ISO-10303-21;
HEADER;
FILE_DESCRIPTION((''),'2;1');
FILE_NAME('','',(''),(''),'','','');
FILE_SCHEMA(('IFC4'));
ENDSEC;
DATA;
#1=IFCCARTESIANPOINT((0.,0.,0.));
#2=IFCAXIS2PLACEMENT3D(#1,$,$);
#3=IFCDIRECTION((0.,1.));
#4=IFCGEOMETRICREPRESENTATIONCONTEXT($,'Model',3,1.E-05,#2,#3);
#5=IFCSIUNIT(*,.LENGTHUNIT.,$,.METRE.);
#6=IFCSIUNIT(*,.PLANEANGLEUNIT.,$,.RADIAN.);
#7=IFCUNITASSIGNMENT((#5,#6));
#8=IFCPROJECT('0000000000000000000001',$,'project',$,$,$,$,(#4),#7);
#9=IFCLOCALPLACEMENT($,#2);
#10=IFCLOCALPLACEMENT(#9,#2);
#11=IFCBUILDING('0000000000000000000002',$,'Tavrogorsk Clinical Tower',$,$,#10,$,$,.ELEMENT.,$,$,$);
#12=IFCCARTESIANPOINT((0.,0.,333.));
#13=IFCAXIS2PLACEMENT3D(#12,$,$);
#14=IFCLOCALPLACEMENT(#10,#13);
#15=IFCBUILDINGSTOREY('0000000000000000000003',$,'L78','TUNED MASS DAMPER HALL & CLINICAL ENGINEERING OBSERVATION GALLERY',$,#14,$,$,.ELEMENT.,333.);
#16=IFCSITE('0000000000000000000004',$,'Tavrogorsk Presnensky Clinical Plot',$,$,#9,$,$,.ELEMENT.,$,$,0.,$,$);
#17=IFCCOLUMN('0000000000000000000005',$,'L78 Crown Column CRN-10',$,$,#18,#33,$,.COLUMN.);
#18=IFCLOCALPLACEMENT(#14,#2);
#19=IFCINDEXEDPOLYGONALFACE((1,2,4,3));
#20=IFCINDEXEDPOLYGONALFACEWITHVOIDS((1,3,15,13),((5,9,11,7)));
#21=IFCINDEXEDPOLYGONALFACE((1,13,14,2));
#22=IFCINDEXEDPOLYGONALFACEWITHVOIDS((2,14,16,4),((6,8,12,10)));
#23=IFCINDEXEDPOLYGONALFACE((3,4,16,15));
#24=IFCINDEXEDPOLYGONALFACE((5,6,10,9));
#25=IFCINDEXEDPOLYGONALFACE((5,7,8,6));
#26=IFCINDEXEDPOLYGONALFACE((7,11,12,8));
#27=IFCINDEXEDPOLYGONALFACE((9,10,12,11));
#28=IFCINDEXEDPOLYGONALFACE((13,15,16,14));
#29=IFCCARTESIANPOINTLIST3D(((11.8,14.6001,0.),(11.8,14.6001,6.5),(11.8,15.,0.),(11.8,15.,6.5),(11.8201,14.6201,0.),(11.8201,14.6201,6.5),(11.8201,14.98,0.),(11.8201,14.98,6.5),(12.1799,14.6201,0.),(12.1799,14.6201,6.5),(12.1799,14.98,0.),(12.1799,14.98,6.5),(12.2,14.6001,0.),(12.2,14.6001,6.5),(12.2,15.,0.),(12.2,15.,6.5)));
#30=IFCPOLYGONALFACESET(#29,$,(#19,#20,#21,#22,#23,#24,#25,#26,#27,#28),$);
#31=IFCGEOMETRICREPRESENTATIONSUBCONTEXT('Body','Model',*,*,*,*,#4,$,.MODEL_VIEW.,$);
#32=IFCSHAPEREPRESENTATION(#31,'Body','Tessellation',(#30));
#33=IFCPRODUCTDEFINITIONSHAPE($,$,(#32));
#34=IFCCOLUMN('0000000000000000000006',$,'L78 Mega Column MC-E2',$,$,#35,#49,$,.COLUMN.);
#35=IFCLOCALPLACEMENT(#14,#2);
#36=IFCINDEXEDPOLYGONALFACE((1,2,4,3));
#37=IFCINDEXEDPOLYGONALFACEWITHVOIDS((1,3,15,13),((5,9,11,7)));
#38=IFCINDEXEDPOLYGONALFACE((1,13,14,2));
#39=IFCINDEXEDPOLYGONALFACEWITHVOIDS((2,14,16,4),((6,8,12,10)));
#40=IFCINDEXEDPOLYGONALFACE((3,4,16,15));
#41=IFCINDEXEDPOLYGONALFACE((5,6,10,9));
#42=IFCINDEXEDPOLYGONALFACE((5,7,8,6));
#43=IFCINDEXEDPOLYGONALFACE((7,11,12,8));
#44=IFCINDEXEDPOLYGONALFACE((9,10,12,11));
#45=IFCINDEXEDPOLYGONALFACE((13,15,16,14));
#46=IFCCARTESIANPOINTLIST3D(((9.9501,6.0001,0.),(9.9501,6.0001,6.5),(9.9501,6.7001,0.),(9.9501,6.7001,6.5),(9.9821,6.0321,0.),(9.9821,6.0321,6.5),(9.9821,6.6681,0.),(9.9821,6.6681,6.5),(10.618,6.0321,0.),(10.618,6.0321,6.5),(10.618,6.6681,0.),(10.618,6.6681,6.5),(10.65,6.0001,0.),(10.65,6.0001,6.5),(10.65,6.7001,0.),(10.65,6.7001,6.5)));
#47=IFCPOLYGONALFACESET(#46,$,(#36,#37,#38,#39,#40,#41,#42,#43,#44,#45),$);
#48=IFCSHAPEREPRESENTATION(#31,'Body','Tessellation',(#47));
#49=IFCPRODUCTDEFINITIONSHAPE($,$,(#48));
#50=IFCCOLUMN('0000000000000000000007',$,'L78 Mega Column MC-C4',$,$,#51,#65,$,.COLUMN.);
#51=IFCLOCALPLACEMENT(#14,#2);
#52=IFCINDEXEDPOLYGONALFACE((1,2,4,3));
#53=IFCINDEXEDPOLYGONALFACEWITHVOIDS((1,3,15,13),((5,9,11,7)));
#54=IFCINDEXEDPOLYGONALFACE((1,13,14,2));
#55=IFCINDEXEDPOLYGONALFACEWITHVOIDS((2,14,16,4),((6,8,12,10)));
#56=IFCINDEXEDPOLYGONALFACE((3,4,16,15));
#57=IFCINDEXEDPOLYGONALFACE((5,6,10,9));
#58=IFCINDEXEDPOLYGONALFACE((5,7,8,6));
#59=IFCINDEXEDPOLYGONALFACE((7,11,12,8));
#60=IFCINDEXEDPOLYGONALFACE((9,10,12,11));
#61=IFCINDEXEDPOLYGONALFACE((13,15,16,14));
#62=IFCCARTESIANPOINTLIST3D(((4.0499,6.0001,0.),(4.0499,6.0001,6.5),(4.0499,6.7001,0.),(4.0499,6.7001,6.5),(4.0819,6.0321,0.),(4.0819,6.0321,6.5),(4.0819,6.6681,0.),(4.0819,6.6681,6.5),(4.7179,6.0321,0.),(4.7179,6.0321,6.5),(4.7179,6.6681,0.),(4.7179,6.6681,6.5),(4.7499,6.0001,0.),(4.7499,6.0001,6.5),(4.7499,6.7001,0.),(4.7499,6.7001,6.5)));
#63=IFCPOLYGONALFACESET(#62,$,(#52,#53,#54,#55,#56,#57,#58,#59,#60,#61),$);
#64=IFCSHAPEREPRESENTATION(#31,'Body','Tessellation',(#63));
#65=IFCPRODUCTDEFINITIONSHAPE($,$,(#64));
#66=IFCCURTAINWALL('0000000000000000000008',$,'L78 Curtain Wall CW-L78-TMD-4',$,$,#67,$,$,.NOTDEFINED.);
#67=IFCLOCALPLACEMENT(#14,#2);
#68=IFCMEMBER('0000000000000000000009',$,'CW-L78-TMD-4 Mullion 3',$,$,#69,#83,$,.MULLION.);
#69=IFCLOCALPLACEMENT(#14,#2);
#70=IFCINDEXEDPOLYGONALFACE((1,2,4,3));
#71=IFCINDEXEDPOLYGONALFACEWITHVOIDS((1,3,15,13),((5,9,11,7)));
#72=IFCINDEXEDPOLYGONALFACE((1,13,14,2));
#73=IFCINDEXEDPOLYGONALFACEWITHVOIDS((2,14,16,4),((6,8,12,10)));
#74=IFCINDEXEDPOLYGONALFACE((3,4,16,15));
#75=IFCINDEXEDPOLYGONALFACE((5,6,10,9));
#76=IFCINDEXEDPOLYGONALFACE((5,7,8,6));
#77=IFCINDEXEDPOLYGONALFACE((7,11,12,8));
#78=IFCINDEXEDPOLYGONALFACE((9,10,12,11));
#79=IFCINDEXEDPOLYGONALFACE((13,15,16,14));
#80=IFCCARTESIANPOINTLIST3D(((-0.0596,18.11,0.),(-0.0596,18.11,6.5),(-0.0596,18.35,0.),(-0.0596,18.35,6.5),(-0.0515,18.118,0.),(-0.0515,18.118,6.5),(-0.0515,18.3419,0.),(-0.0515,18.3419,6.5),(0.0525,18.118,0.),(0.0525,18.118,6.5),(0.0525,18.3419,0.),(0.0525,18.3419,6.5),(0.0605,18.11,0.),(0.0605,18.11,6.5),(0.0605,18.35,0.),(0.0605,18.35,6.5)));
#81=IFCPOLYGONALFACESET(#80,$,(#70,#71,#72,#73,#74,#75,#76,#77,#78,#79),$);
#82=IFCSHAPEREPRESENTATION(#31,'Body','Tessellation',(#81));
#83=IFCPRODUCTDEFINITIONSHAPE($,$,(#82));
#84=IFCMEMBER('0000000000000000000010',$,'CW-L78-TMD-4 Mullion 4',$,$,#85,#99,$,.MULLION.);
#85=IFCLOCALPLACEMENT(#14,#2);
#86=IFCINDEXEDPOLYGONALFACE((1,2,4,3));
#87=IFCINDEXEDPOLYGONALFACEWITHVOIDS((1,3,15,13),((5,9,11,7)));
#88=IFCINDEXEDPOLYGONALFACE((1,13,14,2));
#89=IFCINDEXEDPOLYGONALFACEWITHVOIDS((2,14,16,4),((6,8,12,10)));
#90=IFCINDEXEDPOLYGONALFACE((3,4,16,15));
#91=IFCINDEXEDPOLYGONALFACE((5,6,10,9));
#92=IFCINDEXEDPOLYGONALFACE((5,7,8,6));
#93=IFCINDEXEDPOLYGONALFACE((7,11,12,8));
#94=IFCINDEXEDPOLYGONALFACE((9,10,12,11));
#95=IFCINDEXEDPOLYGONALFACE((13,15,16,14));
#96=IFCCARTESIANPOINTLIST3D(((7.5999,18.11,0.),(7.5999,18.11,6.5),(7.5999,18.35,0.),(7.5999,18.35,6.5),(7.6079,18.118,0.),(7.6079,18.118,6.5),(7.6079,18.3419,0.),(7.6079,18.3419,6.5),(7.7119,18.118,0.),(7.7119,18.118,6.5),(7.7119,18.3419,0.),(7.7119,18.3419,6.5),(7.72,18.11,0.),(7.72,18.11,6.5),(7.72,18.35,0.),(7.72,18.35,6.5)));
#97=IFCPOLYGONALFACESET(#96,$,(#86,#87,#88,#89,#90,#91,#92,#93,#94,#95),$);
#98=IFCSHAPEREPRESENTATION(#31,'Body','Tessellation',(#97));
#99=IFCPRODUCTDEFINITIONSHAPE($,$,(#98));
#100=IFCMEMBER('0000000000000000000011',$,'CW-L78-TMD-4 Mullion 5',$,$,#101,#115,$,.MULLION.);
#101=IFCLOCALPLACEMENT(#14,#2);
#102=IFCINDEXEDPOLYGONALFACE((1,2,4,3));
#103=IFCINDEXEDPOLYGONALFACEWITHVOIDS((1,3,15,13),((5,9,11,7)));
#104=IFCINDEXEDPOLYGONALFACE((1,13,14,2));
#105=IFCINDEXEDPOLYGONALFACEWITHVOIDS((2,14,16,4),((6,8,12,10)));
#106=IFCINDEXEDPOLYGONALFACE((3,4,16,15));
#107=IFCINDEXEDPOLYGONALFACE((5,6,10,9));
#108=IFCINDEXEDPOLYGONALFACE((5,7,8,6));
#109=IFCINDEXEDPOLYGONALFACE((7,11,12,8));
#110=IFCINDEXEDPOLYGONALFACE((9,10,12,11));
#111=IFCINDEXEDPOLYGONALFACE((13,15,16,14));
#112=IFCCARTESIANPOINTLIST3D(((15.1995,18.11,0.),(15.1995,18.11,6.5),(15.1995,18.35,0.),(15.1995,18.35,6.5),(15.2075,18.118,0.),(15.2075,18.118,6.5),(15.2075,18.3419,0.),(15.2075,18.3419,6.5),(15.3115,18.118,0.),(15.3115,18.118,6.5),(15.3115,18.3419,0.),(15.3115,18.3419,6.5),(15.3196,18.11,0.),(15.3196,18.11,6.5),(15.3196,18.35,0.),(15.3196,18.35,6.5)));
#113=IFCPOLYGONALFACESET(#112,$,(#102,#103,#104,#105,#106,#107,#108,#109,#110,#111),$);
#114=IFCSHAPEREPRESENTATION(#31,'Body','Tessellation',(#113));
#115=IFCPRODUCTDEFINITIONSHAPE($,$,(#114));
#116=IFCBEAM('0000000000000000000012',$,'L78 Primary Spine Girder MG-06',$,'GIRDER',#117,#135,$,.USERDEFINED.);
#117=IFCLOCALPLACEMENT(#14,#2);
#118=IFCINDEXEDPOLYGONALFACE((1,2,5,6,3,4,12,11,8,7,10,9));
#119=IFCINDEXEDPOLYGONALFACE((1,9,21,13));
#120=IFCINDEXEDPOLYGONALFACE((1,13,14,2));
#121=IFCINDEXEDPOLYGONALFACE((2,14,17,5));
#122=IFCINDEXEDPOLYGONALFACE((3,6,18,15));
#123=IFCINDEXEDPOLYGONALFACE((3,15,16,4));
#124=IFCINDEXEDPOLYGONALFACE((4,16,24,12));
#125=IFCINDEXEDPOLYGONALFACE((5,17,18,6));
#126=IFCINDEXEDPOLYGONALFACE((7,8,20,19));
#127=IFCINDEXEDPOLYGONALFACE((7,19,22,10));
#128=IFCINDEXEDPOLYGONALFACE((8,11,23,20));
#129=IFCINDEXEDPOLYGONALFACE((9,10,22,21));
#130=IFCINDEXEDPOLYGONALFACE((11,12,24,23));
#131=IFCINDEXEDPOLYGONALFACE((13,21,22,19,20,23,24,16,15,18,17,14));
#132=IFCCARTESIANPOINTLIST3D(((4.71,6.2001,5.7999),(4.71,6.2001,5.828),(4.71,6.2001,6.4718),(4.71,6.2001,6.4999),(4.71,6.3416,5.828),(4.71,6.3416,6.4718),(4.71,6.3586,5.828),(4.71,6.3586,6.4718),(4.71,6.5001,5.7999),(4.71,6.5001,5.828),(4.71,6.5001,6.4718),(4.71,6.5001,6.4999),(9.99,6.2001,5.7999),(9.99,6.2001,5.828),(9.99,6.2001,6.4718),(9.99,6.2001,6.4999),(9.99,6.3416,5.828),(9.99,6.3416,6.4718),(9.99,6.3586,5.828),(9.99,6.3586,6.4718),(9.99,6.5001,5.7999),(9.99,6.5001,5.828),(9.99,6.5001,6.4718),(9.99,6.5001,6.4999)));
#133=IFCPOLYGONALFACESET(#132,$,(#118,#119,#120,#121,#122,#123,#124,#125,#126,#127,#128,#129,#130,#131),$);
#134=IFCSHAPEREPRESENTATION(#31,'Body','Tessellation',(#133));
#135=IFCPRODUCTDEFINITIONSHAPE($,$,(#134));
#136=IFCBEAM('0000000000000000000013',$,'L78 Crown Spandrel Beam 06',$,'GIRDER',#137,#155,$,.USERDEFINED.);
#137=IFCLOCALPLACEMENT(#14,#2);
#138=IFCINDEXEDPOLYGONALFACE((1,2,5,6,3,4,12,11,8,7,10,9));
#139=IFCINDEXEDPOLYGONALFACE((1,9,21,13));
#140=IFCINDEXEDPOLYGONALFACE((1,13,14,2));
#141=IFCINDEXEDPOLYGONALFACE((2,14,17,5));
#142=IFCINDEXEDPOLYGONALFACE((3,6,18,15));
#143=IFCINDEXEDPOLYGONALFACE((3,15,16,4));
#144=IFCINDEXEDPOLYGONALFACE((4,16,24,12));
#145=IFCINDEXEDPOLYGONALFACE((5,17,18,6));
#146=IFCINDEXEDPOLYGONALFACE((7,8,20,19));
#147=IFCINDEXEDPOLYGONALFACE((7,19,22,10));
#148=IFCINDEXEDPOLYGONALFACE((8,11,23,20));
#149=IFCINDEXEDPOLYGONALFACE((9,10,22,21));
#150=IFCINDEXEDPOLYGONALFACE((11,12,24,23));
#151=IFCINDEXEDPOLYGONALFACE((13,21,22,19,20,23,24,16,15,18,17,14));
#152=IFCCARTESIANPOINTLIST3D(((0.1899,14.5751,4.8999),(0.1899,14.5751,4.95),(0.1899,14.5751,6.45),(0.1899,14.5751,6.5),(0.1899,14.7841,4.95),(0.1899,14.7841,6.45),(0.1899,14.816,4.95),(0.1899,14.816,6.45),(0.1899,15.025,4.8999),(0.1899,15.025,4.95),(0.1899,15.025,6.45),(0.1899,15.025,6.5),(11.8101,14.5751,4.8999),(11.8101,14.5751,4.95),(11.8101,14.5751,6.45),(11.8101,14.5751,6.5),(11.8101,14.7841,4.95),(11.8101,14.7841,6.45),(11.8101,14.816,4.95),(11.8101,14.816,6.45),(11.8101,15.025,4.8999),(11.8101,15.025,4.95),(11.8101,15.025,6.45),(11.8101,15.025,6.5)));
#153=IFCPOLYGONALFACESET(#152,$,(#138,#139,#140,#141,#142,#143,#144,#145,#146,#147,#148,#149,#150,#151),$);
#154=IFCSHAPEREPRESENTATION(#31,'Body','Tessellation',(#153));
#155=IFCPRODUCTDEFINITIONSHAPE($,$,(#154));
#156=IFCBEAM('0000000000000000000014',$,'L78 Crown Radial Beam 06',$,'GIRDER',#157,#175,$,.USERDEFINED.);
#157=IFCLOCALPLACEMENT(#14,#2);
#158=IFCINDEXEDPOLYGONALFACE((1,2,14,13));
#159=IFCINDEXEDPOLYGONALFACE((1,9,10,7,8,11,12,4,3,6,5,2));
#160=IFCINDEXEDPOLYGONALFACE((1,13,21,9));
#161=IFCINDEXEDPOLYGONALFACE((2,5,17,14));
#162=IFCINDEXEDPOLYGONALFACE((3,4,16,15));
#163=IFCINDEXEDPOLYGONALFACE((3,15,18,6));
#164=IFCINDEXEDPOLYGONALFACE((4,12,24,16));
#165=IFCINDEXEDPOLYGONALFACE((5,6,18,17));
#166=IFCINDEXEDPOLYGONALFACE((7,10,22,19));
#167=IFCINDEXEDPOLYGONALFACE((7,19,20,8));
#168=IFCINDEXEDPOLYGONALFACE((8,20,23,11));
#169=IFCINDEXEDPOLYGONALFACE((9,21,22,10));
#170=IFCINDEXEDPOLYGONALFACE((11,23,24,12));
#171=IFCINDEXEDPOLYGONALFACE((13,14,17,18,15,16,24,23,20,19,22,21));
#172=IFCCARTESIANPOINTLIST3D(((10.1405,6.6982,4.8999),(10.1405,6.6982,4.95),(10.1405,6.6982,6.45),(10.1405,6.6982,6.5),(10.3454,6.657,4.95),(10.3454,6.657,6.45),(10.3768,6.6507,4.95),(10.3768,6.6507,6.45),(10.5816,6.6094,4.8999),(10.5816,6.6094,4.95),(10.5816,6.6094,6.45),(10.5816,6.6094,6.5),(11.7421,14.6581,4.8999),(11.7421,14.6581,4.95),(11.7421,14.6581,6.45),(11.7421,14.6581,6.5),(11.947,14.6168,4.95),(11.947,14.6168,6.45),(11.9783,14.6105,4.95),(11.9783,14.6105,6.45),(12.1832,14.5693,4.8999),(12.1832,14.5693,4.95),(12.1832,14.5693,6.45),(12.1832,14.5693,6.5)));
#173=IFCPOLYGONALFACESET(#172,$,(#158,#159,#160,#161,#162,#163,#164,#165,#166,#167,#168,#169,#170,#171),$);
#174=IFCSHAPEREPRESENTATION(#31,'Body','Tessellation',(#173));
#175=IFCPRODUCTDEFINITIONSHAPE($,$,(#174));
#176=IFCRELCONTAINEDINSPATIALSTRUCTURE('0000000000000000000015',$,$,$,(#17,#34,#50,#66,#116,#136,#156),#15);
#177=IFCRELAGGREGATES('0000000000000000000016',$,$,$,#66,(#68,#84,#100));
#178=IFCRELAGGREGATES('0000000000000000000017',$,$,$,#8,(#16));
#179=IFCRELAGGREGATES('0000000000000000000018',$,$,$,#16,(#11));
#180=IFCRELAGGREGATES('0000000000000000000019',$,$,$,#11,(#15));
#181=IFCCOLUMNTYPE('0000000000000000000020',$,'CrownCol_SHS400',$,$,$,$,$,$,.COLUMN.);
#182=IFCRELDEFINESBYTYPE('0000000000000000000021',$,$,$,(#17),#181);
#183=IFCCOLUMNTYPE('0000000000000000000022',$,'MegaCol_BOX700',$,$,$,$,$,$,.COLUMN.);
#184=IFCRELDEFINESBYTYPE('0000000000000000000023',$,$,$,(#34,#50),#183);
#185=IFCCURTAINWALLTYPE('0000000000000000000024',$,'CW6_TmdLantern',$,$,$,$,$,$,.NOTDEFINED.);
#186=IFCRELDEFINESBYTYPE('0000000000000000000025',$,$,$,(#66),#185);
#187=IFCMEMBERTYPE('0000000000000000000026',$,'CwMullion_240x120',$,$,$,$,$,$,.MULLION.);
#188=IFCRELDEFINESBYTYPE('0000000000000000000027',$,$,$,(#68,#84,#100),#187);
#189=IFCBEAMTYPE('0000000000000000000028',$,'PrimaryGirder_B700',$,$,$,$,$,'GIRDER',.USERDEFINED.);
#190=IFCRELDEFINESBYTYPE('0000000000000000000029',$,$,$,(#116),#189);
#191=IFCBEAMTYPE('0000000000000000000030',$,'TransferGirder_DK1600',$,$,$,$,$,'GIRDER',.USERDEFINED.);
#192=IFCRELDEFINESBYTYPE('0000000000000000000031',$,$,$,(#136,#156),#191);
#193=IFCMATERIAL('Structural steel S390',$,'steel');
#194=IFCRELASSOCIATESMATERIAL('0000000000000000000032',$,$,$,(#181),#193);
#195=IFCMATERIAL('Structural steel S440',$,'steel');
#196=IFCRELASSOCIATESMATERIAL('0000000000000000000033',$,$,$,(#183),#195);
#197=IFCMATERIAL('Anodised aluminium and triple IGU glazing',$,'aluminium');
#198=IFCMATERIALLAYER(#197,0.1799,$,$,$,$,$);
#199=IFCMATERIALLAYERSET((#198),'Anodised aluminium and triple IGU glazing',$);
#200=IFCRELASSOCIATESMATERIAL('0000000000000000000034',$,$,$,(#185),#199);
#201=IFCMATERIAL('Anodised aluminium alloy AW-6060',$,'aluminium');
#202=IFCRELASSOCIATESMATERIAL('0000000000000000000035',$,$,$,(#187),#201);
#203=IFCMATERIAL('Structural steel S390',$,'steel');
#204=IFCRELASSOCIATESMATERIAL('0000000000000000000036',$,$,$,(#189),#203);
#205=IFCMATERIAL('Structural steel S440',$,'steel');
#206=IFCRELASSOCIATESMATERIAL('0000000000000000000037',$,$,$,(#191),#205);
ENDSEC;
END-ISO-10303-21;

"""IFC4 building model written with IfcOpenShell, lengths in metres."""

from ifc_helpers import new_model, si_unit, direction, frame, origin, origin_2d, place, context, subcontext, project, spatial, hollow_rectangle, i_section, extrude, material, layer, layer_set, material_profile, profile_set, type_object, element, aggregate, save


model = new_model("IFC4")

# Units and contexts
model_context = context("Model", 3, precision=1e-05, world=origin(), true_north=direction((0.0, 1.0)))
body_context = subcontext(model_context, "Body", "Model", "MODEL_VIEW")
ifc_project = project(units=[si_unit("LENGTHUNIT", "METRE"), si_unit("PLANEANGLEUNIT", "RADIAN")], contexts=[model_context])

# Site, building, storey
site_placement = place(None, origin())
site = spatial("IfcSite", under=ifc_project, at=site_placement, Name="Tavrogorsk Presnensky Clinical Plot", CompositionType="ELEMENT", RefElevation=0.0)
building_placement = place(site_placement, origin())
building = spatial("IfcBuilding", under=site, at=building_placement, Name="Tavrogorsk Clinical Tower", CompositionType="ELEMENT")
storey_placement = place(building_placement, frame((0.0, 0.0, 333.0)))
storey = spatial("IfcBuildingStorey", under=building, at=storey_placement, Name="L78", Description="TUNED MASS DAMPER HALL & CLINICAL ENGINEERING OBSERVATION GALLERY", CompositionType="ELEMENT", Elevation=333.0)

# Columns
ifc_material_1 = material(Name="Structural steel S390", Category="steel")
ifc_material_profile_1 = material_profile(ifc_material_1, hollow_rectangle(XDim=0.3999, YDim=0.3999, WallThickness=0.02, at=origin_2d()), Name="SHS-400x400x20")
ifc_profile_set_1 = profile_set([ifc_material_profile_1], Name="Structural steel S390")
column_type_1 = type_object("IfcColumnType", Name="CrownCol_SHS400", PredefinedType="COLUMN", material=ifc_profile_set_1)
column_placement = place(storey_placement, frame((12.0, 14.8, 0.0), z_axis=(0.0, 0.0, 1.0), x_axis=(1.0, 0.0, 0.0)))
element("IfcColumn", 1, at=column_placement, inside=storey, type_object=column_type_1, Name="L78 Crown Column CRN-10", PredefinedType="COLUMN", context=body_context, shape_type="SweptSolid", body=[
    extrude(hollow_rectangle(XDim=0.3999, YDim=0.3999, WallThickness=0.02, at=origin_2d()), origin(), (0.0, 0.0, 1.0), 6.5),
])
ifc_material_2 = material(Name="Structural steel S440", Category="steel")
ifc_material_profile_2 = material_profile(ifc_material_2, hollow_rectangle(XDim=0.7, YDim=0.7, WallThickness=0.032, at=origin_2d()), Name="BOX-700x700x32")
ifc_profile_set_2 = profile_set([ifc_material_profile_2], Name="Structural steel S440")
column_type_2 = type_object("IfcColumnType", Name="MegaCol_BOX700", PredefinedType="COLUMN", material=ifc_profile_set_2)
for number, where, z_axis, x_axis, name in (
    (2, (10.3, 6.3501, 0.0), (0.0, 0.0, 1.0), (1.0, 0.0, 0.0), "L78 Mega Column MC-E2"),
    (3, (4.3999, 6.3501, 0.0), (0.0, 0.0, 1.0), (1.0, 0.0, 0.0), "L78 Mega Column MC-C4"),
):
    element("IfcColumn", number, at=place(storey_placement, frame(where, z_axis=z_axis, x_axis=x_axis)), inside=storey, type_object=column_type_2, Name=name, PredefinedType="COLUMN", context=body_context, shape_type="SweptSolid", body=[
        extrude(hollow_rectangle(XDim=0.7, YDim=0.7, WallThickness=0.032, at=origin_2d()), origin(), (0.0, 0.0, 1.0), 6.5),
    ])

# Curtain wall, members
ifc_material_3 = material(Name="Anodised aluminium and triple IGU glazing", Category="aluminium")
ifc_layer_1 = layer(ifc_material_3, 0.1799)
ifc_layer_set_1 = layer_set([ifc_layer_1], Name="Anodised aluminium and triple IGU glazing")
curtain_wall_type = type_object("IfcCurtainWallType", Name="CW6_TmdLantern", PredefinedType="NOTDEFINED", material=ifc_layer_set_1)
curtain_wall_placement = place(storey_placement, origin())
curtain_wall = element("IfcCurtainWall", 4, at=curtain_wall_placement, inside=storey, type_object=curtain_wall_type, Name="L78 Curtain Wall CW-L78-TMD-4", PredefinedType="NOTDEFINED")
ifc_material_4 = material(Name="Anodised aluminium alloy AW-6060", Category="aluminium")
ifc_material_profile_3 = material_profile(ifc_material_4, hollow_rectangle(XDim=0.1201, YDim=0.24, WallThickness=0.0081, at=origin_2d()), Name="RHS-240x120x8")
ifc_profile_set_3 = profile_set([ifc_material_profile_3], Name="Anodised aluminium alloy AW-6060")
member_type = type_object("IfcMemberType", Name="CwMullion_240x120", PredefinedType="MULLION", material=ifc_profile_set_3)
member_1_placement = place(storey_placement, frame((0.0005, 18.23, 0.0), z_axis=(0.0, 0.0, 1.0), x_axis=(1.0, 0.0, 0.0)))
member_1 = element("IfcMember", 5, at=member_1_placement, type_object=member_type, Name="CW-L78-TMD-4 Mullion 3", PredefinedType="MULLION", context=body_context, shape_type="SweptSolid", body=[
    extrude(hollow_rectangle(XDim=0.1201, YDim=0.24, WallThickness=0.0081, at=origin_2d()), origin(), (0.0, 0.0, 1.0), 6.5),
])
member_2_placement = place(storey_placement, frame((7.6599, 18.23, 0.0), z_axis=(0.0, 0.0, 1.0), x_axis=(1.0, 0.0, 0.0)))
member_2 = element("IfcMember", 6, at=member_2_placement, type_object=member_type, Name="CW-L78-TMD-4 Mullion 4", PredefinedType="MULLION", context=body_context, shape_type="SweptSolid", body=[
    extrude(hollow_rectangle(XDim=0.1201, YDim=0.24, WallThickness=0.0081, at=origin_2d()), origin(), (0.0, 0.0, 1.0), 6.5),
])
member_3_placement = place(storey_placement, frame((15.2595, 18.23, 0.0), z_axis=(0.0, 0.0, 1.0), x_axis=(1.0, 0.0, 0.0)))
member_3 = element("IfcMember", 7, at=member_3_placement, type_object=member_type, Name="CW-L78-TMD-4 Mullion 5", PredefinedType="MULLION", context=body_context, shape_type="SweptSolid", body=[
    extrude(hollow_rectangle(XDim=0.1201, YDim=0.24, WallThickness=0.0081, at=origin_2d()), origin(), (0.0, 0.0, 1.0), 6.5),
])

# Beams
ifc_material_5 = material(Name="Structural steel S390", Category="steel")
ifc_material_profile_4 = material_profile(ifc_material_5, i_section(OverallWidth=0.3, OverallDepth=0.7, WebThickness=0.0171, FlangeThickness=0.0281, at=origin_2d()), Name="B-700x300x17x28")
ifc_profile_set_4 = profile_set([ifc_material_profile_4], Name="Structural steel S390")
beam_type_1 = type_object("IfcBeamType", Name="PrimaryGirder_B700", ElementType="GIRDER", PredefinedType="USERDEFINED", material=ifc_profile_set_4)
beam_1_placement = place(storey_placement, frame((4.71, 6.3501, 6.1499), z_axis=(1.0, 0.0, 0.0), x_axis=(0.0, 1.0, 0.0)))
element("IfcBeam", 8, at=beam_1_placement, inside=storey, type_object=beam_type_1, Name="L78 Primary Spine Girder MG-06", ObjectType="GIRDER", PredefinedType="USERDEFINED", context=body_context, shape_type="SweptSolid", body=[
    extrude(i_section(OverallWidth=0.3, OverallDepth=0.7, WebThickness=0.0171, FlangeThickness=0.0281, at=origin_2d()), origin(), (0.0, 0.0, 1.0), 5.28),
])
ifc_material_6 = material(Name="Structural steel S440", Category="steel")
ifc_material_profile_5 = material_profile(ifc_material_6, i_section(OverallWidth=0.45, OverallDepth=1.6001, WebThickness=0.032, FlangeThickness=0.05, at=origin_2d()), Name="DK-1600x450x32x50")
ifc_profile_set_5 = profile_set([ifc_material_profile_5], Name="Structural steel S440")
beam_type_2 = type_object("IfcBeamType", Name="TransferGirder_DK1600", ElementType="GIRDER", PredefinedType="USERDEFINED", material=ifc_profile_set_5)
beam_2_placement = place(storey_placement, frame((11.8101, 14.8, 5.7), z_axis=(-1.0, 0.0, 0.0), x_axis=(0.0, -1.0, 0.0)))
element("IfcBeam", 9, at=beam_2_placement, inside=storey, type_object=beam_type_2, Name="L78 Crown Spandrel Beam 06", ObjectType="GIRDER", PredefinedType="USERDEFINED", context=body_context, shape_type="SweptSolid", body=[
    extrude(i_section(OverallWidth=0.45, OverallDepth=1.6001, WebThickness=0.032, FlangeThickness=0.05, at=origin_2d()), origin(), (0.0, 0.0, 1.0), 11.6201),
])
beam_3_placement = place(storey_placement, frame((10.3611, 6.6538, 5.7), z_axis=(0.197249, 0.980353, 0.0), x_axis=(-0.980353, 0.197249, 0.0)))
element("IfcBeam", 10, at=beam_3_placement, inside=storey, type_object=beam_type_2, Name="L78 Crown Radial Beam 06", ObjectType="GIRDER", PredefinedType="USERDEFINED", context=body_context, shape_type="SweptSolid", body=[
    extrude(i_section(OverallWidth=0.45, OverallDepth=1.6001, WebThickness=0.032, FlangeThickness=0.05, at=origin_2d()), origin(), (0.0, 0.0, 1.0), 8.1194),
])

aggregate(curtain_wall, [member_1, member_2, member_3])

save(model, "model.ifc")
